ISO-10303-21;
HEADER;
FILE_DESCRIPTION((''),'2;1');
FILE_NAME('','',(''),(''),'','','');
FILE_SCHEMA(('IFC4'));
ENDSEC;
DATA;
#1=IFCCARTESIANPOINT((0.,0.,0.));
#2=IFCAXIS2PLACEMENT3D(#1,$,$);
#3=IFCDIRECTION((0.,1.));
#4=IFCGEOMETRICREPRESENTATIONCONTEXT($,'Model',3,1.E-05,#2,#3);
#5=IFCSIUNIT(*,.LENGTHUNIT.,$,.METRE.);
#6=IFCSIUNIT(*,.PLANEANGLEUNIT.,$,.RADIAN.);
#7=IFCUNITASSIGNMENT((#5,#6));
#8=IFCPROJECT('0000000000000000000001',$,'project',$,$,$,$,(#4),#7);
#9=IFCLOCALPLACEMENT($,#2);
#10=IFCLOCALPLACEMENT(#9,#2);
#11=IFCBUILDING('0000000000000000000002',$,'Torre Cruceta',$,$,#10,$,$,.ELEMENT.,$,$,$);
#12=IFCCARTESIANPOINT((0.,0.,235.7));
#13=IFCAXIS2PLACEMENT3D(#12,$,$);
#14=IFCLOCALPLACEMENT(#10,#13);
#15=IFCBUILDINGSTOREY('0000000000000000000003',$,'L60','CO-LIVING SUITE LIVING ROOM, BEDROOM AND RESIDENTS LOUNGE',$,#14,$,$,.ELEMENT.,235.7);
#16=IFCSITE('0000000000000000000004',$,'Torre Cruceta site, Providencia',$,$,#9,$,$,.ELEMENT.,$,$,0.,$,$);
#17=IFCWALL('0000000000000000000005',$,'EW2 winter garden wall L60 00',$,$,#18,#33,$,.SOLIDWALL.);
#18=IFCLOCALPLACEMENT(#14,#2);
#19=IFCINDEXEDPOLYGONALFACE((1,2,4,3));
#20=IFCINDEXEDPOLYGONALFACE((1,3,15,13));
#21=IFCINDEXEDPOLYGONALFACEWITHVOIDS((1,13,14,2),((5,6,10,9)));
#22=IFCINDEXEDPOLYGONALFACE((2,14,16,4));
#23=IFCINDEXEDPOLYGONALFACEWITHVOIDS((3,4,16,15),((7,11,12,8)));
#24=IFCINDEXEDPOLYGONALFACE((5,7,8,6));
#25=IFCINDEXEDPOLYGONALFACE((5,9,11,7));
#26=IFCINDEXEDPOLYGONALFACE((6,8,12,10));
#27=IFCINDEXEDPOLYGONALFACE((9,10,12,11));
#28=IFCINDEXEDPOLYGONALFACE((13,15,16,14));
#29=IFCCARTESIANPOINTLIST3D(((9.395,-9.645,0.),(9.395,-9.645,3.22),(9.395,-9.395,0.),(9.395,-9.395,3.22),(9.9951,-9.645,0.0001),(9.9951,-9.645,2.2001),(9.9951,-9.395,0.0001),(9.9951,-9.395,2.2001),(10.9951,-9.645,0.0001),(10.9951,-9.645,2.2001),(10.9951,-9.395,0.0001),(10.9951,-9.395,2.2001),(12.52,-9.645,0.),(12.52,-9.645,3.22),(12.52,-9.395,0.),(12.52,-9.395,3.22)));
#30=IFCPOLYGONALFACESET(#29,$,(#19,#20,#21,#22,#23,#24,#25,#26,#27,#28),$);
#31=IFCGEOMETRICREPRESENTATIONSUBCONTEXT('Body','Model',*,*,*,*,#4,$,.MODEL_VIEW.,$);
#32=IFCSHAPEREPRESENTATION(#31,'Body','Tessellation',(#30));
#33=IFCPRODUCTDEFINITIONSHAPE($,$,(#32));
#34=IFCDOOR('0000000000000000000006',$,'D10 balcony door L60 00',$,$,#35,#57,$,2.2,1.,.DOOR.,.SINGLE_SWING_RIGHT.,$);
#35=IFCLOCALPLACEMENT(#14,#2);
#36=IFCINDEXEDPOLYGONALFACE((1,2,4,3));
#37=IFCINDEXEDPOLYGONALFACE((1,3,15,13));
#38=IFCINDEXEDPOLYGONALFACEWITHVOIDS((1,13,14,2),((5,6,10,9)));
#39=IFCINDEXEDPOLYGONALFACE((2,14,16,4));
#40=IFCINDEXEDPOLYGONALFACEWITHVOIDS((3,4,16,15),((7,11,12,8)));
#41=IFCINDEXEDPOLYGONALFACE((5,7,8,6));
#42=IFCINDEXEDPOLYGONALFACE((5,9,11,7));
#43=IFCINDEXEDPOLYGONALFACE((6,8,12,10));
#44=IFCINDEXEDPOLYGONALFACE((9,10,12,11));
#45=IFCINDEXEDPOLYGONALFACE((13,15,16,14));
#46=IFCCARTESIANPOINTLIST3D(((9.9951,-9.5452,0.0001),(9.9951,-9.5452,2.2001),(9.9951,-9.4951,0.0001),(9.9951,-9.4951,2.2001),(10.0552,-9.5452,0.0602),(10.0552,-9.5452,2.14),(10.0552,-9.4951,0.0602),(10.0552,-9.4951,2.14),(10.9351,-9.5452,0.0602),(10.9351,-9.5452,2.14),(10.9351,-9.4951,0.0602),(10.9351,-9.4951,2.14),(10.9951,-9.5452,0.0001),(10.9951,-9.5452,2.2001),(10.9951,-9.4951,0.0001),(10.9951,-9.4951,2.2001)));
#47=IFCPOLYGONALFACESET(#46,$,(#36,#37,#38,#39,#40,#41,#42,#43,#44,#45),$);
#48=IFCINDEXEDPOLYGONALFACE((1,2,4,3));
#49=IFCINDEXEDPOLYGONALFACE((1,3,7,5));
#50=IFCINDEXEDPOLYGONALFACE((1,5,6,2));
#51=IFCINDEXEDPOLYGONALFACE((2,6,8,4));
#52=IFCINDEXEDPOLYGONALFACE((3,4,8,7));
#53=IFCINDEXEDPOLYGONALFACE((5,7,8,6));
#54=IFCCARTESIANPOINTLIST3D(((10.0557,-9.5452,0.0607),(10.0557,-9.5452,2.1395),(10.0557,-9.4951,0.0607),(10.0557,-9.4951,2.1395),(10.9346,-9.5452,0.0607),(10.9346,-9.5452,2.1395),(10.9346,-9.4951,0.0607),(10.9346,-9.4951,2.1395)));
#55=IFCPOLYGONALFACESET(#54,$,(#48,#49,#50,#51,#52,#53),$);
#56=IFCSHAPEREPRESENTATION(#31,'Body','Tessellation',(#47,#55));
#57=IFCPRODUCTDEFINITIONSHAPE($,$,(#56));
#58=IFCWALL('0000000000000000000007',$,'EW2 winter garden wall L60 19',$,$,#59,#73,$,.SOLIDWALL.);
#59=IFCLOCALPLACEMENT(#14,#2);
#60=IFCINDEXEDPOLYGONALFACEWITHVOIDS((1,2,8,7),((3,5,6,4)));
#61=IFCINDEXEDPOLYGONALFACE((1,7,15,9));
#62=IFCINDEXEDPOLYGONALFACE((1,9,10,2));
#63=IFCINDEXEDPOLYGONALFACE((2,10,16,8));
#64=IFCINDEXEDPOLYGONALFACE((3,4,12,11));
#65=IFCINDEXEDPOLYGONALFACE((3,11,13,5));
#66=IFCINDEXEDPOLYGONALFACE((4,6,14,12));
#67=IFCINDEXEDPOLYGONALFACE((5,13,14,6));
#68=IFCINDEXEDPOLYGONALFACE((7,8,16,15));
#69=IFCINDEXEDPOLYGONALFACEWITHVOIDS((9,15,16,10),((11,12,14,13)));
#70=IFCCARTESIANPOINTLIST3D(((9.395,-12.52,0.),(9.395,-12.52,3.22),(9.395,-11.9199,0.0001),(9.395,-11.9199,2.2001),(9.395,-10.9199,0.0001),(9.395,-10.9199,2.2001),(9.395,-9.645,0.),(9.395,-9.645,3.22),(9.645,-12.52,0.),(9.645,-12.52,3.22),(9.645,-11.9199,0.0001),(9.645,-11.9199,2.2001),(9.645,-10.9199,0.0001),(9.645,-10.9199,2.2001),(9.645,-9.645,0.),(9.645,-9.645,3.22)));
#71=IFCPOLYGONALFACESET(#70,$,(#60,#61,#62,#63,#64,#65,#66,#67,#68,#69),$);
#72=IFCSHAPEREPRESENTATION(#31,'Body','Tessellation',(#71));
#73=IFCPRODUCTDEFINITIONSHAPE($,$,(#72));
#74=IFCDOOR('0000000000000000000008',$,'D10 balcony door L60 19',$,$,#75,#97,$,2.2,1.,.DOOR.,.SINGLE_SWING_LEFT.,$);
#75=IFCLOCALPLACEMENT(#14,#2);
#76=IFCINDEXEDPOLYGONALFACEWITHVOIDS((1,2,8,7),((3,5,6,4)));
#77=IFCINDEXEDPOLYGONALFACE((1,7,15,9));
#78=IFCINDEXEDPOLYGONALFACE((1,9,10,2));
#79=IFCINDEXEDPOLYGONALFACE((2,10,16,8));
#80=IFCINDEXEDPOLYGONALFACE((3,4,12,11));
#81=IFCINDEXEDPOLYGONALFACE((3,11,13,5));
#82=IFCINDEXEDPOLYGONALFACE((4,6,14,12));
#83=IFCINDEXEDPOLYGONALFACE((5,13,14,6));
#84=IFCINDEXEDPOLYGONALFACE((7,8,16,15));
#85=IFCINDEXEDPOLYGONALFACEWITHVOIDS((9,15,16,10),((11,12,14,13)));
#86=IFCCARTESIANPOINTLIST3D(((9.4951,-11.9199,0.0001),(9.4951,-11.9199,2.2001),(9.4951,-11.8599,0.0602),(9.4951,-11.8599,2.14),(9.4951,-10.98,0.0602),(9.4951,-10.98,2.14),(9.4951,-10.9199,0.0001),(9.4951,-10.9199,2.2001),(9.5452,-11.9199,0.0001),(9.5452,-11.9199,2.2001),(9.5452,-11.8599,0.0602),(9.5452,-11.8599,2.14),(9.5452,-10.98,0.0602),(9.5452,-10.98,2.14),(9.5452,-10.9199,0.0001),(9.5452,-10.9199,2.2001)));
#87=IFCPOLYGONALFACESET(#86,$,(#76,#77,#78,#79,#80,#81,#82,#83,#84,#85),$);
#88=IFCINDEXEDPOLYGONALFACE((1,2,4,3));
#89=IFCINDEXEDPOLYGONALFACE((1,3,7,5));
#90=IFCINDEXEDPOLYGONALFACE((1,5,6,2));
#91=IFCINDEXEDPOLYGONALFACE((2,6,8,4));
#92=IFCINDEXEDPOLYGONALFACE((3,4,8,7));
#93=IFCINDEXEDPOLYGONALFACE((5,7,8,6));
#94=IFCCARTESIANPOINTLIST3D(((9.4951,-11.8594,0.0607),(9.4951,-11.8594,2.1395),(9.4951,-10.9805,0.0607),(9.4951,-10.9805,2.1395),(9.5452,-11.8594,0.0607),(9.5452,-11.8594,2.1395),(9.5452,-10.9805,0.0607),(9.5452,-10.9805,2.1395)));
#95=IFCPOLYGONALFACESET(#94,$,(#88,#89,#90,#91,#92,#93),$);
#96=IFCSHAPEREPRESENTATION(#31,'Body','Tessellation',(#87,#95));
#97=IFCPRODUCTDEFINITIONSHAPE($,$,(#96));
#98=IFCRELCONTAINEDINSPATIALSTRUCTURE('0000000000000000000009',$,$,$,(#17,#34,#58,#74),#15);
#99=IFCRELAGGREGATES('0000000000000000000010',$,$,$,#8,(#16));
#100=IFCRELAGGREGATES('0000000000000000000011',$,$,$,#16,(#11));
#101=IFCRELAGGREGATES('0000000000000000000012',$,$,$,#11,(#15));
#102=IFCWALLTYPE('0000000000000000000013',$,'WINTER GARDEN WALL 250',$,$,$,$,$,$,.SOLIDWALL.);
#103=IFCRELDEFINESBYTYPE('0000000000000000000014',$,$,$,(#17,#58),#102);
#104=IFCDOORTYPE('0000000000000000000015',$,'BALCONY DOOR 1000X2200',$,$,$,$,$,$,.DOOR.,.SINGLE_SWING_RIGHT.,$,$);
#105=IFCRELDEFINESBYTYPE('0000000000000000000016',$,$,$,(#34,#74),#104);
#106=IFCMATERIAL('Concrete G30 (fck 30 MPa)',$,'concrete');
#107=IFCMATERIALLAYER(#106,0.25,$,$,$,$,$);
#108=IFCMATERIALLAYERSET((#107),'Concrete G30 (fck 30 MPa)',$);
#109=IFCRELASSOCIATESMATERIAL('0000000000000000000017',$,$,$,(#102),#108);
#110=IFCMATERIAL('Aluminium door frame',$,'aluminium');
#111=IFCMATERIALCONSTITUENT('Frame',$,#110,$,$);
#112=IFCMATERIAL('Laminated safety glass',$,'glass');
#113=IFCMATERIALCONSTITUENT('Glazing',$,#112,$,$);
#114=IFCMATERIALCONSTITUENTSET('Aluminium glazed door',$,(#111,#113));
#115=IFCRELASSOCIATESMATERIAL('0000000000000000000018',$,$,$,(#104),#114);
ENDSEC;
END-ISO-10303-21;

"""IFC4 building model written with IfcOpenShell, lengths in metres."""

from ifc_helpers import new_model, si_unit, direction, frame, frame_2d, origin, place, context, subcontext, project, spatial, rectangle, hollow_rectangle, extrude, material, layer, layer_set, constituent, constituent_set, type_object, element, fill, save


model = new_model("IFC4")

# Units and contexts
model_context = context("Model", 3, precision=1e-05, world=origin(), true_north=direction((0.0, 1.0)))
body_context = subcontext(model_context, "Body", "Model", "MODEL_VIEW")
ifc_project = project(units=[si_unit("LENGTHUNIT", "METRE"), si_unit("PLANEANGLEUNIT", "RADIAN")], contexts=[model_context])

# Site, building, storey
site_placement = place(None, origin())
site = spatial("IfcSite", under=ifc_project, at=site_placement, Name="Torre Cruceta site, Providencia", CompositionType="ELEMENT", RefElevation=0.0)
building_placement = place(site_placement, origin())
building = spatial("IfcBuilding", under=site, at=building_placement, Name="Torre Cruceta", CompositionType="ELEMENT")
storey_placement = place(building_placement, frame((0.0, 0.0, 235.7)))
storey = spatial("IfcBuildingStorey", under=building, at=storey_placement, Name="L60", Description="CO-LIVING SUITE LIVING ROOM, BEDROOM AND RESIDENTS LOUNGE", CompositionType="ELEMENT", Elevation=235.7)

# Walls, openings, doors
ifc_material_1 = material(Name="Concrete G30 (fck 30 MPa)", Category="concrete")
ifc_layer_1 = layer(ifc_material_1, 0.25)
ifc_layer_set_1 = layer_set([ifc_layer_1], Name="Concrete G30 (fck 30 MPa)")
wall_type_1 = type_object("IfcWallType", Name="WINTER GARDEN WALL 250", PredefinedType="SOLIDWALL", material=ifc_layer_set_1)
wall_1_placement = place(storey_placement, frame((9.395, -9.52, 0.0), z_axis=(0.0, 0.0, 1.0), x_axis=(1.0, 0.0, 0.0)))
wall_1 = element("IfcWall", 1, at=wall_1_placement, inside=storey, type_object=wall_type_1, Name="EW2 winter garden wall L60 00", PredefinedType="SOLIDWALL", context=body_context, shape_type="SweptSolid", body=[
    extrude(rectangle(XDim=3.125, YDim=0.25, at=frame_2d((1.5625, 0.0))), origin(), (0.0, 0.0, 1.0), 3.22),
])
opening_1_placement = place(wall_1_placement, frame((0.6001, 0.0, 0.0)))
opening_1 = element("IfcOpeningElement", 2, at=opening_1_placement, cuts=wall_1, PredefinedType="OPENING", context=body_context, shape_type="SweptSolid", body=[
    extrude(rectangle(XDim=1.0, YDim=2.2, at=frame_2d((0.5, 1.1001))), frame((0.0, 0.135, 0.0), z_axis=(0.0, -1.0, 0.0), x_axis=(1.0, 0.0, 0.0)), (0.0, 0.0, 1.0), 0.27),
])
ifc_material_2 = material(Name="Aluminium door frame", Category="aluminium")
ifc_constituent_1 = constituent(ifc_material_2, Name="Frame")
ifc_material_3 = material(Name="Laminated safety glass", Category="glass")
ifc_constituent_2 = constituent(ifc_material_3, Name="Glazing")
ifc_constituent_set_1 = constituent_set(constituents=[ifc_constituent_1, ifc_constituent_2], Name="Aluminium glazed door")
door_type_1 = type_object("IfcDoorType", Name="BALCONY DOOR 1000X2200", OperationType="SINGLE_SWING_RIGHT", PredefinedType="DOOR", material=ifc_constituent_set_1)
door_1_placement = place(opening_1_placement, origin())
door_1 = element("IfcDoor", 3, at=door_1_placement, inside=storey, type_object=door_type_1, Name="D10 balcony door L60 00", OperationType="SINGLE_SWING_RIGHT", OverallHeight=2.2, OverallWidth=1.0, PredefinedType="DOOR", context=body_context, shape_type="SweptSolid", body=[
    extrude(hollow_rectangle(XDim=1.0, YDim=2.2, WallThickness=0.0601, at=frame_2d((0.5, 1.1001))), frame((0.0, 0.0249, 0.0), z_axis=(0.0, -1.0, 0.0), x_axis=(1.0, 0.0, 0.0)), (0.0, 0.0, 1.0), 0.05),
    extrude(rectangle(XDim=0.8789, YDim=2.0789, at=frame_2d((0.5, 1.1001))), frame((0.0, 0.0249, 0.0), z_axis=(0.0, -1.0, 0.0), x_axis=(1.0, 0.0, 0.0)), (0.0, 0.0, 1.0), 0.05),
])
fill(opening_1, door_1)
wall_2_placement = place(storey_placement, frame((9.52, -12.52, 0.0), z_axis=(0.0, 0.0, 1.0), x_axis=(0.0, 1.0, 0.0)))
wall_2 = element("IfcWall", 4, at=wall_2_placement, inside=storey, type_object=wall_type_1, Name="EW2 winter garden wall L60 19", PredefinedType="SOLIDWALL", context=body_context, shape_type="SweptSolid", body=[
    extrude(rectangle(XDim=2.875, YDim=0.25, at=frame_2d((1.4375, 0.0))), origin(), (0.0, 0.0, 1.0), 3.22),
])
opening_2_placement = place(wall_2_placement, frame((0.6001, 0.0, 0.0)))
opening_2 = element("IfcOpeningElement", 5, at=opening_2_placement, cuts=wall_2, PredefinedType="OPENING", context=body_context, shape_type="SweptSolid", body=[
    extrude(rectangle(XDim=1.0, YDim=2.2, at=frame_2d((0.5, 1.1001))), frame((0.0, 0.135, 0.0), z_axis=(0.0, -1.0, 0.0), x_axis=(1.0, 0.0, 0.0)), (0.0, 0.0, 1.0), 0.27),
])
door_2_placement = place(opening_2_placement, origin())
door_2 = element("IfcDoor", 6, at=door_2_placement, inside=storey, type_object=door_type_1, Name="D10 balcony door L60 19", OperationType="SINGLE_SWING_LEFT", OverallHeight=2.2, OverallWidth=1.0, PredefinedType="DOOR", context=body_context, shape_type="SweptSolid", body=[
    extrude(hollow_rectangle(XDim=1.0, YDim=2.2, WallThickness=0.0601, at=frame_2d((0.5, 1.1001))), frame((0.0, 0.0249, 0.0), z_axis=(0.0, -1.0, 0.0), x_axis=(1.0, 0.0, 0.0)), (0.0, 0.0, 1.0), 0.05),
    extrude(rectangle(XDim=0.8789, YDim=2.0789, at=frame_2d((0.5, 1.1001))), frame((0.0, 0.0249, 0.0), z_axis=(0.0, -1.0, 0.0), x_axis=(1.0, 0.0, 0.0)), (0.0, 0.0, 1.0), 0.05),
])
fill(opening_2, door_2)

save(model, "model.ifc")
